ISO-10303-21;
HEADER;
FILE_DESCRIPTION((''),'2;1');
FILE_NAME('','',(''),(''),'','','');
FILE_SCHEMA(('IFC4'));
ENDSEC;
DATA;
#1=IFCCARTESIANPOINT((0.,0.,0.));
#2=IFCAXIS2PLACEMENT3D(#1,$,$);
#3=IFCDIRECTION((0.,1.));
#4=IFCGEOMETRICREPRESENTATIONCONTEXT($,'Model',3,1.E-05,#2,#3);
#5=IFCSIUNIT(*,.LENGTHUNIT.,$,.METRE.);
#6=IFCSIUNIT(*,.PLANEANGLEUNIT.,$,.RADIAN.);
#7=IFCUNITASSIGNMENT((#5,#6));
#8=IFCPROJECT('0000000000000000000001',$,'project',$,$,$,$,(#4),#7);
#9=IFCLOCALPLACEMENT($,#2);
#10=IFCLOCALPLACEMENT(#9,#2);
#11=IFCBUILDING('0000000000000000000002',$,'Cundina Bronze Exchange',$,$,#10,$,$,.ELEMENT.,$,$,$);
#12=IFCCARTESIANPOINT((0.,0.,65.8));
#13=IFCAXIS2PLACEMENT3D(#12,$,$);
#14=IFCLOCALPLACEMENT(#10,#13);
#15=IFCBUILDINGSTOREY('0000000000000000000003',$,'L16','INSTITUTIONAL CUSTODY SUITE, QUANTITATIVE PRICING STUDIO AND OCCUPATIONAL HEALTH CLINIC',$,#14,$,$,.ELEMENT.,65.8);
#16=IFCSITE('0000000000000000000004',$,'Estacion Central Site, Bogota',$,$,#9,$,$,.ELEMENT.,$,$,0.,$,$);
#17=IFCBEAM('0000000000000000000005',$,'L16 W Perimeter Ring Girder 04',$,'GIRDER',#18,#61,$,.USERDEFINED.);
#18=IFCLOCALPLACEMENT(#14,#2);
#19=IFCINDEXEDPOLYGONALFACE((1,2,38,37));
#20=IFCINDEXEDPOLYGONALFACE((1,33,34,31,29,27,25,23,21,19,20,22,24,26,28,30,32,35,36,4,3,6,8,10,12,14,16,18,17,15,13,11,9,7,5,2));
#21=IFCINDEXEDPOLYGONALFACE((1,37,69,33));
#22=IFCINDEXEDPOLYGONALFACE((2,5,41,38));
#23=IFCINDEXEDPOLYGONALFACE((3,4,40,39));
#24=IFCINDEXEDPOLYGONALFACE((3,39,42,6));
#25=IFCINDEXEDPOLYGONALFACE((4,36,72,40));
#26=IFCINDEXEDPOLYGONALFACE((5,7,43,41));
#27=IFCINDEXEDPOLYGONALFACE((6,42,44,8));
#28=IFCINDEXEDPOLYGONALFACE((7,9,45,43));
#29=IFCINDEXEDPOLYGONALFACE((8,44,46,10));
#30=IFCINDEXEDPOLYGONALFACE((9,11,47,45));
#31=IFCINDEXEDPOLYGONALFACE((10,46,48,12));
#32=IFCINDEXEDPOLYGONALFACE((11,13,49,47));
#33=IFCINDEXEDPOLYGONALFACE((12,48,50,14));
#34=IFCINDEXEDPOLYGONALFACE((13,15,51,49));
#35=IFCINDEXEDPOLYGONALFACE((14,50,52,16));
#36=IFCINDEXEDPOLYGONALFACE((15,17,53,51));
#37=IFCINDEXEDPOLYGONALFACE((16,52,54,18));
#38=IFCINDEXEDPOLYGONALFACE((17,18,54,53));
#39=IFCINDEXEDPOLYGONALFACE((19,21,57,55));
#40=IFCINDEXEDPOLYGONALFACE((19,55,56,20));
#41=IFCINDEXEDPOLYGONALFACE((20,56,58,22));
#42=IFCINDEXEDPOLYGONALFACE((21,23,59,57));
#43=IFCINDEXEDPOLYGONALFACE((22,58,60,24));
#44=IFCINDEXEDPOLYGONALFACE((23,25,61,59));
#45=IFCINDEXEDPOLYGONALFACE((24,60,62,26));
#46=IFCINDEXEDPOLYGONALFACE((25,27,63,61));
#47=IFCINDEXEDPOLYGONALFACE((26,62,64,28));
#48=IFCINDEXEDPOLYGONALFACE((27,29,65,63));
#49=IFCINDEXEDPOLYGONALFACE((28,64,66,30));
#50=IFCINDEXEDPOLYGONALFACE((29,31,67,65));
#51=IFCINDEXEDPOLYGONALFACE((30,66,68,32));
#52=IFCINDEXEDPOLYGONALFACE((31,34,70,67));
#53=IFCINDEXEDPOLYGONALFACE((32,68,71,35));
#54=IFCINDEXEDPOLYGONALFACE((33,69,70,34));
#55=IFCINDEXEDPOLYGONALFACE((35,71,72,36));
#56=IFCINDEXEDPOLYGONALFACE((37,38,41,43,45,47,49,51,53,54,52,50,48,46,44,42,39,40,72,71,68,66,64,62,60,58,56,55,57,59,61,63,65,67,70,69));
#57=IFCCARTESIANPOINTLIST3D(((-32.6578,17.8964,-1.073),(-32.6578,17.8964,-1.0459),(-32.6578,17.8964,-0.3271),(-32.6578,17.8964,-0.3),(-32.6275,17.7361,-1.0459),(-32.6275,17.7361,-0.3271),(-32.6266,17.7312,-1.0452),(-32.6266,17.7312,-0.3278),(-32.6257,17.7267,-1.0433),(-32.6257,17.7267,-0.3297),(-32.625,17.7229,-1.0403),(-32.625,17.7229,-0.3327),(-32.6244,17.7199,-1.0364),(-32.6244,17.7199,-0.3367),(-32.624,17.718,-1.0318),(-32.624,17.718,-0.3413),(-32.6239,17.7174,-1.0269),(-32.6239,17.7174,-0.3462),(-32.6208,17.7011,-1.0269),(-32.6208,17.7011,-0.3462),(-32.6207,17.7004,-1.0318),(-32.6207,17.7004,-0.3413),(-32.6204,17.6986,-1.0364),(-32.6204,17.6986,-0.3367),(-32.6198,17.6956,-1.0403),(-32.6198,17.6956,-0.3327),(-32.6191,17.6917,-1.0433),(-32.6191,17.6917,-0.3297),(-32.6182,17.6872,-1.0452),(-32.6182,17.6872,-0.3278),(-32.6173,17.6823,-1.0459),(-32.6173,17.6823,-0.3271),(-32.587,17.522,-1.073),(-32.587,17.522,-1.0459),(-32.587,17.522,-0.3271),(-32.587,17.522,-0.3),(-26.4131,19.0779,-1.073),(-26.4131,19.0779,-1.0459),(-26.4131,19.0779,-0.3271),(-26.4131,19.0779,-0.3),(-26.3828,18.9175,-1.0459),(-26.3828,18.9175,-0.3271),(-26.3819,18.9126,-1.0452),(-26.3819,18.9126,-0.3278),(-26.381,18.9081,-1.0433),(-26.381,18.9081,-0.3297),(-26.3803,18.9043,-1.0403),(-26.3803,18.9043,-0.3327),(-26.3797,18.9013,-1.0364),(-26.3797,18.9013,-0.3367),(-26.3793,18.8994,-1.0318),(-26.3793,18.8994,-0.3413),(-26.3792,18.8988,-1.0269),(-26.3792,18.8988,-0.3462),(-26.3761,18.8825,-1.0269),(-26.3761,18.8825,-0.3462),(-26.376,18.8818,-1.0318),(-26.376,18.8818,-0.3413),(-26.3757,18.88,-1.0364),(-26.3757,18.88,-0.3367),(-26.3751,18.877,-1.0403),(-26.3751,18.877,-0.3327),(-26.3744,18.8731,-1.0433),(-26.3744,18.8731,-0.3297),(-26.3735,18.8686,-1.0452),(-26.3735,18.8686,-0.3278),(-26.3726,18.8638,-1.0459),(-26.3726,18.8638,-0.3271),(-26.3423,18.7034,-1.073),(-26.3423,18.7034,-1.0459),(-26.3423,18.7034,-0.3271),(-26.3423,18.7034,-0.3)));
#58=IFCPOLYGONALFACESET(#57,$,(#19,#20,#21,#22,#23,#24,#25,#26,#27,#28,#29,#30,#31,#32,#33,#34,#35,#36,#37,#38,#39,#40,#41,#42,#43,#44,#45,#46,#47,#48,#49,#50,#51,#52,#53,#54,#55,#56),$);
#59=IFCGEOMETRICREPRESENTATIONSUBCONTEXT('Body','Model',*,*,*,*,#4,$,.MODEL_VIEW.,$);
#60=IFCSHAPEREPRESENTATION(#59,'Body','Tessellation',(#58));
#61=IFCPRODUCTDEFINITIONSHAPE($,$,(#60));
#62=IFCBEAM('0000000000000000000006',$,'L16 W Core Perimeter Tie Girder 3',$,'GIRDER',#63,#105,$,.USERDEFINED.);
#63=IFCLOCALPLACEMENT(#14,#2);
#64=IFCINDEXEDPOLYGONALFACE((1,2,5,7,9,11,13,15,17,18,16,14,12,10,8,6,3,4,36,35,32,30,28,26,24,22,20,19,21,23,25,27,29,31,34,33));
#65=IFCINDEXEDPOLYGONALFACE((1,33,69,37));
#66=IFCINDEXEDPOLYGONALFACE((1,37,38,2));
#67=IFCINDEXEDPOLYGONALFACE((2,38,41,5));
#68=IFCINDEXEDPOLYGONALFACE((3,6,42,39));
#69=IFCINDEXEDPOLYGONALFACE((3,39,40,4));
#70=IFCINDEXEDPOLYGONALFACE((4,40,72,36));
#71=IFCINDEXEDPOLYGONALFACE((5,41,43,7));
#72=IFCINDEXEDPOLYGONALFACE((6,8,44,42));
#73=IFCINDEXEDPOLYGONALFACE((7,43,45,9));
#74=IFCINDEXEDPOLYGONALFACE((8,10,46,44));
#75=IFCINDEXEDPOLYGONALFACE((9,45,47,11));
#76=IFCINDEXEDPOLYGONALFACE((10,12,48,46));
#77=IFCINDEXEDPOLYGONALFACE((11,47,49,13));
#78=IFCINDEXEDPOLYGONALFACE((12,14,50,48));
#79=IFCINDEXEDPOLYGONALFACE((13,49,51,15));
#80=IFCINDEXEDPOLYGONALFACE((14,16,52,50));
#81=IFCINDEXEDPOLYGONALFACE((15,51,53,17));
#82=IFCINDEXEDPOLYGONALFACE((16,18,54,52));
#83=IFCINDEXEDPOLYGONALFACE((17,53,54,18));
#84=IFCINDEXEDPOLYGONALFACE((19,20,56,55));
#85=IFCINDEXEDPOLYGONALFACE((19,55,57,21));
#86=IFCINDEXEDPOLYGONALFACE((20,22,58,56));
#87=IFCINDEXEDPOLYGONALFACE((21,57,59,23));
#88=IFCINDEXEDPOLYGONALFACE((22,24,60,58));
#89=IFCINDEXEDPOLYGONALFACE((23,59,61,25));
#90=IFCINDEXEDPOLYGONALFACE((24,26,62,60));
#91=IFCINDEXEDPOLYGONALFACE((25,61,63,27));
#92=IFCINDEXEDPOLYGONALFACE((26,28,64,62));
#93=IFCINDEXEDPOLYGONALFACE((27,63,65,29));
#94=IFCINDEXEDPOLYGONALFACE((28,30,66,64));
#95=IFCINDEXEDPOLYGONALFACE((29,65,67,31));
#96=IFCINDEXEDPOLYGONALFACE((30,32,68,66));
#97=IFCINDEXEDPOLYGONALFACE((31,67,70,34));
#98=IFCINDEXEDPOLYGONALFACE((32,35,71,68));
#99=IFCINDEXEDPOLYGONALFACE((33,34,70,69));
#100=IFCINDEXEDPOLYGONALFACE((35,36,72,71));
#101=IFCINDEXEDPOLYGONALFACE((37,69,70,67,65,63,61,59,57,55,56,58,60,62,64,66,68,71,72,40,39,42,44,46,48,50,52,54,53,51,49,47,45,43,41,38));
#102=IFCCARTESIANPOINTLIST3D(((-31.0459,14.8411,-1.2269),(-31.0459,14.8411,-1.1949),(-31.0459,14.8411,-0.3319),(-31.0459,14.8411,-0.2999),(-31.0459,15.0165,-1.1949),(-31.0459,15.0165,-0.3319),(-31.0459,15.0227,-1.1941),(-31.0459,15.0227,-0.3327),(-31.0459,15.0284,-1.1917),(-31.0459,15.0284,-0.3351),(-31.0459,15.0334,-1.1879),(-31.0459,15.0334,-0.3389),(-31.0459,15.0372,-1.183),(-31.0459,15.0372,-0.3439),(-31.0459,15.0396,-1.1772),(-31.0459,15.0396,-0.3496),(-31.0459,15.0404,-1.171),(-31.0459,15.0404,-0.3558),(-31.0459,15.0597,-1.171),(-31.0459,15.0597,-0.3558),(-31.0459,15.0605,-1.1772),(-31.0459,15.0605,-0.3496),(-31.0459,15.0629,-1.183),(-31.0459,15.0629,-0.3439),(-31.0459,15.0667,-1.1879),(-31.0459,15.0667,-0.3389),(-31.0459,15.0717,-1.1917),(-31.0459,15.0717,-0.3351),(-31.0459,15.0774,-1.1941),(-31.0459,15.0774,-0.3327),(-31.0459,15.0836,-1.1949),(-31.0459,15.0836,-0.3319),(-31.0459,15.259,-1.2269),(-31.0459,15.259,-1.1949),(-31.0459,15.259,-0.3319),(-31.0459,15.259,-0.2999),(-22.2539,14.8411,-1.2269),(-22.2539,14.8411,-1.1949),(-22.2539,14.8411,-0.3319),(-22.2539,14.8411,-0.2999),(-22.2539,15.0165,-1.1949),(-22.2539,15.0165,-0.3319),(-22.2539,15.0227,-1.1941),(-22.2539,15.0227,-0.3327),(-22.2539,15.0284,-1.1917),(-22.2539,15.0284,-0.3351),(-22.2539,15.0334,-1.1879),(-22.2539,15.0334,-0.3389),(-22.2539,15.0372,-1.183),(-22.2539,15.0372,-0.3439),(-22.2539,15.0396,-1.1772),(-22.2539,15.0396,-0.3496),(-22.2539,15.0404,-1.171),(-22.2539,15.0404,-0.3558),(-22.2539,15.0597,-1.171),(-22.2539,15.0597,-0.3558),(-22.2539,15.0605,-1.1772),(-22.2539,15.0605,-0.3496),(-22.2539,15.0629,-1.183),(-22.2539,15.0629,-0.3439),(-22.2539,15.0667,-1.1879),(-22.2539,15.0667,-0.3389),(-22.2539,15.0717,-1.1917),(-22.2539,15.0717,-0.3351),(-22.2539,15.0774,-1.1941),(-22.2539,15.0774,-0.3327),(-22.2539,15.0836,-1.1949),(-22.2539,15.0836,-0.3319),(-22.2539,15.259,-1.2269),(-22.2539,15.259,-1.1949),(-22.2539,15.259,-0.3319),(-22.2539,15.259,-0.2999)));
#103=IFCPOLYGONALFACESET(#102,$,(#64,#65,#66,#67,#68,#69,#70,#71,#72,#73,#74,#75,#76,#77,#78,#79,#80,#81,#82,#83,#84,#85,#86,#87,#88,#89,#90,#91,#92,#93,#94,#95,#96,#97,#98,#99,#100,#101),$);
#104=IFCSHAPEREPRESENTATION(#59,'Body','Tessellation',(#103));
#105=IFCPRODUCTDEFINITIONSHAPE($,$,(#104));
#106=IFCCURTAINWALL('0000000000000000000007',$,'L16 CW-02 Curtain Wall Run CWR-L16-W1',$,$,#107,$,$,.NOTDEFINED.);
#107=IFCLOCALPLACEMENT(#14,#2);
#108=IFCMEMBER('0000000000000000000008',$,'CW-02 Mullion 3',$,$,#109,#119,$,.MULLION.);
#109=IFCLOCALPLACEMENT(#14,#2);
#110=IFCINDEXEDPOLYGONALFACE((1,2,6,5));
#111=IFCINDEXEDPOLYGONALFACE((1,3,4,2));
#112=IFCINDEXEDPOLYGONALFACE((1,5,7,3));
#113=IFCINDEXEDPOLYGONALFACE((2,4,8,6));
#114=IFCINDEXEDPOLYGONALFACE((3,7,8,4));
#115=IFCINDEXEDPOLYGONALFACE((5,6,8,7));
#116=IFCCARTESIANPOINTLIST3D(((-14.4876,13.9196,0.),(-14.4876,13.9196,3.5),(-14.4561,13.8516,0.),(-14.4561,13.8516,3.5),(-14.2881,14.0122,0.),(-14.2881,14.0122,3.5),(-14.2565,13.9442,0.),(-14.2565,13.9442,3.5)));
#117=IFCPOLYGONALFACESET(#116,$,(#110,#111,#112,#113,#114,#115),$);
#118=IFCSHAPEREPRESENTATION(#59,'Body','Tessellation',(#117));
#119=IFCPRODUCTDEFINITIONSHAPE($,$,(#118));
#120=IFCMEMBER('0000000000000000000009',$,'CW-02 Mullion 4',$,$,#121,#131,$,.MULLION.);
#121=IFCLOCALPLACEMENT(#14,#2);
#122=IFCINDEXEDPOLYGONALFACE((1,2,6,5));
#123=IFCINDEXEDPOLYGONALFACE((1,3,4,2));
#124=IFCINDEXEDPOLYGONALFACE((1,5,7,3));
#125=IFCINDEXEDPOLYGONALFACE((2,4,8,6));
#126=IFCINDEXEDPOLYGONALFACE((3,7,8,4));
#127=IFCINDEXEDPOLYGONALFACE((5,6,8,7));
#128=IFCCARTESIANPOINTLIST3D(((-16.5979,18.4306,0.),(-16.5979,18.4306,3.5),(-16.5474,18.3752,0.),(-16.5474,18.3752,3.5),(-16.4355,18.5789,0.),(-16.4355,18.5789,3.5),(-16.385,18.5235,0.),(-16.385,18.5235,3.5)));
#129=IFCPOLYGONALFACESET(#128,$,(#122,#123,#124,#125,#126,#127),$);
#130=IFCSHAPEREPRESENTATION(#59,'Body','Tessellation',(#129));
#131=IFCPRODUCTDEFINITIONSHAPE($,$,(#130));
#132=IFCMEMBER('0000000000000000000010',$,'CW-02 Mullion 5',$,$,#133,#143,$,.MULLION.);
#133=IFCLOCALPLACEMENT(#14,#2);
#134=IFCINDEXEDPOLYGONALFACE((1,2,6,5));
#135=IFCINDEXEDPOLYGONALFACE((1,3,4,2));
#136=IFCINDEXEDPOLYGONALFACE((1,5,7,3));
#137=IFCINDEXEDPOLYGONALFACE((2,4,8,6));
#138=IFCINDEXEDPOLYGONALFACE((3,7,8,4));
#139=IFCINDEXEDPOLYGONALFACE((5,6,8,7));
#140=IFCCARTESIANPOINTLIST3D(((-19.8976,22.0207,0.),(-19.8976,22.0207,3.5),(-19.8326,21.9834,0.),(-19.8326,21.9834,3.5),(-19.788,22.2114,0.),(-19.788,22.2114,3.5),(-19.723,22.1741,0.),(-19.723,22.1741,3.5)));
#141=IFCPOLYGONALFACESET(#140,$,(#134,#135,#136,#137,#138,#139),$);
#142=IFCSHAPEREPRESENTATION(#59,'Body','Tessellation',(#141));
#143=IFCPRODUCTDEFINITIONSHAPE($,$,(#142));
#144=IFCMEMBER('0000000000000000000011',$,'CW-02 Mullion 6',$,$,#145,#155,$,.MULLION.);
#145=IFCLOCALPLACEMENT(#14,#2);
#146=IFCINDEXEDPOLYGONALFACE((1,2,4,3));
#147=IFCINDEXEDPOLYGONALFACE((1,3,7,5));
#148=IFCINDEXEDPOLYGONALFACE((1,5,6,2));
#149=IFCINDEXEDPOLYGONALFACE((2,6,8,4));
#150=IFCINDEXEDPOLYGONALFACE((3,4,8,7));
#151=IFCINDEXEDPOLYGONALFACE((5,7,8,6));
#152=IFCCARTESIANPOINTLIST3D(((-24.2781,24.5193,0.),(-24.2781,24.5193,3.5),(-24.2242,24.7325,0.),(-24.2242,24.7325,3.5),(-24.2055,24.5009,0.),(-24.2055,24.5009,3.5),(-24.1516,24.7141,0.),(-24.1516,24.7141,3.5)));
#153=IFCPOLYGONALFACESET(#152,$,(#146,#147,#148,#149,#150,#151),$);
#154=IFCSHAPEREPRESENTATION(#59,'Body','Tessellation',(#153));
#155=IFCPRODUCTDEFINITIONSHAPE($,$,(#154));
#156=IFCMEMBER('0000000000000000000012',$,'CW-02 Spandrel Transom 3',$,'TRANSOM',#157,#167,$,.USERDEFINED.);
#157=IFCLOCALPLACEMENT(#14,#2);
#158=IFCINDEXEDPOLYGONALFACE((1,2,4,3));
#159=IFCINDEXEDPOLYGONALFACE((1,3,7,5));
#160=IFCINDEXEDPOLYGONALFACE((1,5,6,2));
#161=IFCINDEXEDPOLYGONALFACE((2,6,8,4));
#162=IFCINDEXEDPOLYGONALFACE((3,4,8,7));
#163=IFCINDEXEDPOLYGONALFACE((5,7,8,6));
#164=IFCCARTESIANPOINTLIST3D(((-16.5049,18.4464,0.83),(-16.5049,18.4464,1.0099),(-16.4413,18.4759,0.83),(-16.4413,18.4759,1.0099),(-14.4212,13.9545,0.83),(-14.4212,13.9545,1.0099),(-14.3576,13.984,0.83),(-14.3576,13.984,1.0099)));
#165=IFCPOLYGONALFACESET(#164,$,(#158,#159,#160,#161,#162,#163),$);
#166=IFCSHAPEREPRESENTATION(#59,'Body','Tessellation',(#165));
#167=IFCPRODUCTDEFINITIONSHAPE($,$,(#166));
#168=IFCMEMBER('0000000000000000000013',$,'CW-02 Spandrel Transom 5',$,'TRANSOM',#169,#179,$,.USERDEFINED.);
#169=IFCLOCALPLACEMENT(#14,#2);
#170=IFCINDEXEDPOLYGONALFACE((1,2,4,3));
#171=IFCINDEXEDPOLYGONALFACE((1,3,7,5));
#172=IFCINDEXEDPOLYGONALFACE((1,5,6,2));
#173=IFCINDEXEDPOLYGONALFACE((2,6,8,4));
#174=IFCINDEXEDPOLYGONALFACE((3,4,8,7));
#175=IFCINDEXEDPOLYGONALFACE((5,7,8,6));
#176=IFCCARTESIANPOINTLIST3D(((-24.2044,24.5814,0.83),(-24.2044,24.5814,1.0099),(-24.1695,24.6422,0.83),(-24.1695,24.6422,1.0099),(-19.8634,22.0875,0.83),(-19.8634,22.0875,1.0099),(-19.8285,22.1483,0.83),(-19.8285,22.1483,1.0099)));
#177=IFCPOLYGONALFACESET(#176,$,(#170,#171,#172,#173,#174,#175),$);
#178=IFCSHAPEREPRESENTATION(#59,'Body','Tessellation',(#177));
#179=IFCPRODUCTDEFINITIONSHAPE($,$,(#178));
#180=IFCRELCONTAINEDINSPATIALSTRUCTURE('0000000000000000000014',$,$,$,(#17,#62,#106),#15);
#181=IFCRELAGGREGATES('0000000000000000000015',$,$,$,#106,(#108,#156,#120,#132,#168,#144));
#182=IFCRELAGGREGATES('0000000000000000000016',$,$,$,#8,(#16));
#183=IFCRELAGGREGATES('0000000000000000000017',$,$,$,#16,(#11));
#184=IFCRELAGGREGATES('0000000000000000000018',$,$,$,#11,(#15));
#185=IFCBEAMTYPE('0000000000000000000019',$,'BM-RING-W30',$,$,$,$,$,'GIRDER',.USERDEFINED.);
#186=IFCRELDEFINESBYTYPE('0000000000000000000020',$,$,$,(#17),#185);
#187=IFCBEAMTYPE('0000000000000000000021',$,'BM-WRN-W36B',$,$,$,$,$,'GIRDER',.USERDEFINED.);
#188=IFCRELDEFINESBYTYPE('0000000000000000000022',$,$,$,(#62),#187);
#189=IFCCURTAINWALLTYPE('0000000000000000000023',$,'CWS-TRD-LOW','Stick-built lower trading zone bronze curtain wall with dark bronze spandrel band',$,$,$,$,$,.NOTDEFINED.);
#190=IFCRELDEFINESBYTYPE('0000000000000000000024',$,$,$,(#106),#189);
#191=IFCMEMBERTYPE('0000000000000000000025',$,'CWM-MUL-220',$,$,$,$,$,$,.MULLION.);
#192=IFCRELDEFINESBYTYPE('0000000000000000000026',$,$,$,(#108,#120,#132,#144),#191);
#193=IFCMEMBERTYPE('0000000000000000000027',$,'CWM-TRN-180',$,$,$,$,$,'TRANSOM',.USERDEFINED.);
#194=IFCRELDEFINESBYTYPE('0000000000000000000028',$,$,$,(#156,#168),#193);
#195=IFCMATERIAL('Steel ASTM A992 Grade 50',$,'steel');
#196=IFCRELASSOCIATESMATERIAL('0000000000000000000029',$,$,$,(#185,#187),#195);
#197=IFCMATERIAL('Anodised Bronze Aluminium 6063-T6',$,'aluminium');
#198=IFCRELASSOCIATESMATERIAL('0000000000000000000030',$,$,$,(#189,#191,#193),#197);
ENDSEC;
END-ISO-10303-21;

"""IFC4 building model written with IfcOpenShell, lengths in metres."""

from ifc_helpers import new_model, si_unit, direction, frame, origin, origin_2d, place, context, subcontext, project, spatial, rectangle, i_section, extrude, material, material_profile, profile_set, type_object, element, aggregate, save


model = new_model("IFC4")

# Units and contexts
model_context = context("Model", 3, precision=1e-05, world=origin(), true_north=direction((0.0, 1.0)))
body_context = subcontext(model_context, "Body", "Model", "MODEL_VIEW")
ifc_project = project(units=[si_unit("LENGTHUNIT", "METRE"), si_unit("PLANEANGLEUNIT", "RADIAN")], contexts=[model_context])

# Site, building, storey
site_placement = place(None, origin())
site = spatial("IfcSite", under=ifc_project, at=site_placement, Name="Estacion Central Site, Bogota", CompositionType="ELEMENT", RefElevation=0.0)
building_placement = place(site_placement, origin())
building = spatial("IfcBuilding", under=site, at=building_placement, Name="Cundina Bronze Exchange", CompositionType="ELEMENT")
storey_placement = place(building_placement, frame((0.0, 0.0, 65.8)))
storey = spatial("IfcBuildingStorey", under=building, at=storey_placement, Name="L16", Description="INSTITUTIONAL CUSTODY SUITE, QUANTITATIVE PRICING STUDIO AND OCCUPATIONAL HEALTH CLINIC", CompositionType="ELEMENT", Elevation=65.8)

# Shared definitions
ifc_material_1 = material(Name="Steel ASTM A992 Grade 50", Category="steel")

# Beams
ifc_material_profile_1 = material_profile(ifc_material_1, i_section(OverallWidth=0.3811, OverallDepth=0.7729, WebThickness=0.0166, FlangeThickness=0.0271, FilletRadius=0.019, at=origin_2d()), Name="W30X173", Category="steel")
ifc_profile_set_1 = profile_set([ifc_material_profile_1], Name="Steel ASTM A992 Grade 50")
beam_type_1 = type_object("IfcBeamType", Name="BM-RING-W30", ElementType="GIRDER", PredefinedType="USERDEFINED", material=ifc_profile_set_1)
beam_1_placement = place(storey_placement, frame((-26.3777, 18.8906, -0.6865), z_axis=(-0.982571, -0.185889, 0.0), x_axis=(0.185889, -0.982571, 0.0)))
element("IfcBeam", 1, at=beam_1_placement, inside=storey, type_object=beam_type_1, Name="L16 W Perimeter Ring Girder 04", ObjectType="GIRDER", PredefinedType="USERDEFINED", context=body_context, shape_type="SweptSolid", body=[
    extrude(i_section(OverallWidth=0.3811, OverallDepth=0.7729, WebThickness=0.0166, FlangeThickness=0.0271, FilletRadius=0.019, at=origin_2d()), origin(), (0.0, 0.0, 1.0), 6.3555),
])
ifc_material_profile_2 = material_profile(ifc_material_1, i_section(OverallWidth=0.418, OverallDepth=0.927, WebThickness=0.0193, FlangeThickness=0.032, FilletRadius=0.0239, at=origin_2d()), Name="W36X231", Category="steel")
ifc_profile_set_2 = profile_set([ifc_material_profile_2], Name="Steel ASTM A992 Grade 50")
beam_type_2 = type_object("IfcBeamType", Name="BM-WRN-W36B", ElementType="GIRDER", PredefinedType="USERDEFINED", material=ifc_profile_set_2)
beam_2_placement = place(storey_placement, frame((-22.2539, 15.05, -0.7634), z_axis=(-1.0, 0.0, 0.0), x_axis=(0.0, -1.0, 0.0)))
element("IfcBeam", 2, at=beam_2_placement, inside=storey, type_object=beam_type_2, Name="L16 W Core Perimeter Tie Girder 3", ObjectType="GIRDER", PredefinedType="USERDEFINED", context=body_context, shape_type="SweptSolid", body=[
    extrude(i_section(OverallWidth=0.418, OverallDepth=0.927, WebThickness=0.0193, FlangeThickness=0.032, FilletRadius=0.0239, at=origin_2d()), origin(), (0.0, 0.0, 1.0), 8.792),
])

# Curtain wall, members
ifc_material_2 = material(Name="Anodised Bronze Aluminium 6063-T6", Category="aluminium")
curtain_wall_type = type_object("IfcCurtainWallType", Name="CWS-TRD-LOW", Description="Stick-built lower trading zone bronze curtain wall with dark bronze spandrel band", PredefinedType="NOTDEFINED", material=ifc_material_2)
curtain_wall_placement = place(storey_placement, origin())
curtain_wall = element("IfcCurtainWall", 3, at=curtain_wall_placement, inside=storey, type_object=curtain_wall_type, Name="L16 CW-02 Curtain Wall Run CWR-L16-W1", PredefinedType="NOTDEFINED")
ifc_material_profile_3 = material_profile(ifc_material_2, rectangle(XDim=0.075, YDim=0.22, at=origin_2d()), Name="AL75X220", Category="aluminium")
ifc_profile_set_3 = profile_set([ifc_material_profile_3], Name="Anodised Bronze Aluminium 6063-T6")
member_type_1 = type_object("IfcMemberType", Name="CWM-MUL-220", PredefinedType="MULLION", material=ifc_profile_set_3)
member_1_placement = place(storey_placement, frame((-14.3721, 13.9319, 0.0), z_axis=(0.0, 0.0, 1.0), x_axis=(-0.420877, 0.907117, 0.0)))
member_1 = element("IfcMember", 4, at=member_1_placement, type_object=member_type_1, Name="CW-02 Mullion 3", PredefinedType="MULLION", context=body_context, shape_type="SweptSolid", body=[
    extrude(rectangle(XDim=0.075, YDim=0.22, at=origin_2d()), origin(), (0.0, 0.0, 1.0), 3.5),
])
member_2_placement = place(storey_placement, frame((-16.4915, 18.4771, 0.0), z_axis=(0.0, 0.0, 1.0), x_axis=(-0.674302, 0.738455, 0.0)))
member_2 = element("IfcMember", 5, at=member_2_placement, type_object=member_type_1, Name="CW-02 Mullion 4", PredefinedType="MULLION", context=body_context, shape_type="SweptSolid", body=[
    extrude(rectangle(XDim=0.075, YDim=0.22, at=origin_2d()), origin(), (0.0, 0.0, 1.0), 3.5),
])
member_3_placement = place(storey_placement, frame((-19.8103, 22.0974, 0.0), z_axis=(0.0, 0.0, 1.0), x_axis=(-0.867071, 0.498185, 0.0)))
member_3 = element("IfcMember", 6, at=member_3_placement, type_object=member_type_1, Name="CW-02 Mullion 5", PredefinedType="MULLION", context=body_context, shape_type="SweptSolid", body=[
    extrude(rectangle(XDim=0.075, YDim=0.22, at=origin_2d()), origin(), (0.0, 0.0, 1.0), 3.5),
])
member_4_placement = place(storey_placement, frame((-24.2148, 24.6167, 0.0), z_axis=(0.0, 0.0, 1.0), x_axis=(-0.969488, 0.245138, 0.0)))
member_4 = element("IfcMember", 7, at=member_4_placement, type_object=member_type_1, Name="CW-02 Mullion 6", PredefinedType="MULLION", context=body_context, shape_type="SweptSolid", body=[
    extrude(rectangle(XDim=0.075, YDim=0.22, at=origin_2d()), origin(), (0.0, 0.0, 1.0), 3.5),
])
ifc_material_profile_4 = material_profile(ifc_material_2, rectangle(XDim=0.0701, YDim=0.1799, at=origin_2d()), Name="AL70X180", Category="aluminium")
ifc_profile_set_4 = profile_set([ifc_material_profile_4], Name="Anodised Bronze Aluminium 6063-T6")
member_type_2 = type_object("IfcMemberType", Name="CWM-TRN-180", ElementType="TRANSOM", PredefinedType="USERDEFINED", material=ifc_profile_set_4)
member_5_placement = place(storey_placement, frame((-14.3894, 13.9692, 0.9199), z_axis=(-0.420811, 0.907148, 0.0), x_axis=(-0.907148, -0.420811, 0.0)))
member_5 = element("IfcMember", 8, at=member_5_placement, type_object=member_type_2, Name="CW-02 Spandrel Transom 3", ObjectType="TRANSOM", PredefinedType="USERDEFINED", context=body_context, shape_type="SweptSolid", body=[
    extrude(rectangle(XDim=0.0701, YDim=0.1799, at=origin_2d()), origin(), (0.0, 0.0, 1.0), 4.9517),
])
member_6_placement = place(storey_placement, frame((-19.8459, 22.1179, 0.9199), z_axis=(-0.867097, 0.498139, 0.0), x_axis=(-0.498139, -0.867097, 0.0)))
member_6 = element("IfcMember", 9, at=member_6_placement, type_object=member_type_2, Name="CW-02 Spandrel Transom 5", ObjectType="TRANSOM", PredefinedType="USERDEFINED", context=body_context, shape_type="SweptSolid", body=[
    extrude(rectangle(XDim=0.0701, YDim=0.1799, at=origin_2d()), origin(), (0.0, 0.0, 1.0), 5.0063),
])
aggregate(curtain_wall, [member_1, member_5, member_2, member_3, member_6, member_4])

save(model, "model.ifc")
